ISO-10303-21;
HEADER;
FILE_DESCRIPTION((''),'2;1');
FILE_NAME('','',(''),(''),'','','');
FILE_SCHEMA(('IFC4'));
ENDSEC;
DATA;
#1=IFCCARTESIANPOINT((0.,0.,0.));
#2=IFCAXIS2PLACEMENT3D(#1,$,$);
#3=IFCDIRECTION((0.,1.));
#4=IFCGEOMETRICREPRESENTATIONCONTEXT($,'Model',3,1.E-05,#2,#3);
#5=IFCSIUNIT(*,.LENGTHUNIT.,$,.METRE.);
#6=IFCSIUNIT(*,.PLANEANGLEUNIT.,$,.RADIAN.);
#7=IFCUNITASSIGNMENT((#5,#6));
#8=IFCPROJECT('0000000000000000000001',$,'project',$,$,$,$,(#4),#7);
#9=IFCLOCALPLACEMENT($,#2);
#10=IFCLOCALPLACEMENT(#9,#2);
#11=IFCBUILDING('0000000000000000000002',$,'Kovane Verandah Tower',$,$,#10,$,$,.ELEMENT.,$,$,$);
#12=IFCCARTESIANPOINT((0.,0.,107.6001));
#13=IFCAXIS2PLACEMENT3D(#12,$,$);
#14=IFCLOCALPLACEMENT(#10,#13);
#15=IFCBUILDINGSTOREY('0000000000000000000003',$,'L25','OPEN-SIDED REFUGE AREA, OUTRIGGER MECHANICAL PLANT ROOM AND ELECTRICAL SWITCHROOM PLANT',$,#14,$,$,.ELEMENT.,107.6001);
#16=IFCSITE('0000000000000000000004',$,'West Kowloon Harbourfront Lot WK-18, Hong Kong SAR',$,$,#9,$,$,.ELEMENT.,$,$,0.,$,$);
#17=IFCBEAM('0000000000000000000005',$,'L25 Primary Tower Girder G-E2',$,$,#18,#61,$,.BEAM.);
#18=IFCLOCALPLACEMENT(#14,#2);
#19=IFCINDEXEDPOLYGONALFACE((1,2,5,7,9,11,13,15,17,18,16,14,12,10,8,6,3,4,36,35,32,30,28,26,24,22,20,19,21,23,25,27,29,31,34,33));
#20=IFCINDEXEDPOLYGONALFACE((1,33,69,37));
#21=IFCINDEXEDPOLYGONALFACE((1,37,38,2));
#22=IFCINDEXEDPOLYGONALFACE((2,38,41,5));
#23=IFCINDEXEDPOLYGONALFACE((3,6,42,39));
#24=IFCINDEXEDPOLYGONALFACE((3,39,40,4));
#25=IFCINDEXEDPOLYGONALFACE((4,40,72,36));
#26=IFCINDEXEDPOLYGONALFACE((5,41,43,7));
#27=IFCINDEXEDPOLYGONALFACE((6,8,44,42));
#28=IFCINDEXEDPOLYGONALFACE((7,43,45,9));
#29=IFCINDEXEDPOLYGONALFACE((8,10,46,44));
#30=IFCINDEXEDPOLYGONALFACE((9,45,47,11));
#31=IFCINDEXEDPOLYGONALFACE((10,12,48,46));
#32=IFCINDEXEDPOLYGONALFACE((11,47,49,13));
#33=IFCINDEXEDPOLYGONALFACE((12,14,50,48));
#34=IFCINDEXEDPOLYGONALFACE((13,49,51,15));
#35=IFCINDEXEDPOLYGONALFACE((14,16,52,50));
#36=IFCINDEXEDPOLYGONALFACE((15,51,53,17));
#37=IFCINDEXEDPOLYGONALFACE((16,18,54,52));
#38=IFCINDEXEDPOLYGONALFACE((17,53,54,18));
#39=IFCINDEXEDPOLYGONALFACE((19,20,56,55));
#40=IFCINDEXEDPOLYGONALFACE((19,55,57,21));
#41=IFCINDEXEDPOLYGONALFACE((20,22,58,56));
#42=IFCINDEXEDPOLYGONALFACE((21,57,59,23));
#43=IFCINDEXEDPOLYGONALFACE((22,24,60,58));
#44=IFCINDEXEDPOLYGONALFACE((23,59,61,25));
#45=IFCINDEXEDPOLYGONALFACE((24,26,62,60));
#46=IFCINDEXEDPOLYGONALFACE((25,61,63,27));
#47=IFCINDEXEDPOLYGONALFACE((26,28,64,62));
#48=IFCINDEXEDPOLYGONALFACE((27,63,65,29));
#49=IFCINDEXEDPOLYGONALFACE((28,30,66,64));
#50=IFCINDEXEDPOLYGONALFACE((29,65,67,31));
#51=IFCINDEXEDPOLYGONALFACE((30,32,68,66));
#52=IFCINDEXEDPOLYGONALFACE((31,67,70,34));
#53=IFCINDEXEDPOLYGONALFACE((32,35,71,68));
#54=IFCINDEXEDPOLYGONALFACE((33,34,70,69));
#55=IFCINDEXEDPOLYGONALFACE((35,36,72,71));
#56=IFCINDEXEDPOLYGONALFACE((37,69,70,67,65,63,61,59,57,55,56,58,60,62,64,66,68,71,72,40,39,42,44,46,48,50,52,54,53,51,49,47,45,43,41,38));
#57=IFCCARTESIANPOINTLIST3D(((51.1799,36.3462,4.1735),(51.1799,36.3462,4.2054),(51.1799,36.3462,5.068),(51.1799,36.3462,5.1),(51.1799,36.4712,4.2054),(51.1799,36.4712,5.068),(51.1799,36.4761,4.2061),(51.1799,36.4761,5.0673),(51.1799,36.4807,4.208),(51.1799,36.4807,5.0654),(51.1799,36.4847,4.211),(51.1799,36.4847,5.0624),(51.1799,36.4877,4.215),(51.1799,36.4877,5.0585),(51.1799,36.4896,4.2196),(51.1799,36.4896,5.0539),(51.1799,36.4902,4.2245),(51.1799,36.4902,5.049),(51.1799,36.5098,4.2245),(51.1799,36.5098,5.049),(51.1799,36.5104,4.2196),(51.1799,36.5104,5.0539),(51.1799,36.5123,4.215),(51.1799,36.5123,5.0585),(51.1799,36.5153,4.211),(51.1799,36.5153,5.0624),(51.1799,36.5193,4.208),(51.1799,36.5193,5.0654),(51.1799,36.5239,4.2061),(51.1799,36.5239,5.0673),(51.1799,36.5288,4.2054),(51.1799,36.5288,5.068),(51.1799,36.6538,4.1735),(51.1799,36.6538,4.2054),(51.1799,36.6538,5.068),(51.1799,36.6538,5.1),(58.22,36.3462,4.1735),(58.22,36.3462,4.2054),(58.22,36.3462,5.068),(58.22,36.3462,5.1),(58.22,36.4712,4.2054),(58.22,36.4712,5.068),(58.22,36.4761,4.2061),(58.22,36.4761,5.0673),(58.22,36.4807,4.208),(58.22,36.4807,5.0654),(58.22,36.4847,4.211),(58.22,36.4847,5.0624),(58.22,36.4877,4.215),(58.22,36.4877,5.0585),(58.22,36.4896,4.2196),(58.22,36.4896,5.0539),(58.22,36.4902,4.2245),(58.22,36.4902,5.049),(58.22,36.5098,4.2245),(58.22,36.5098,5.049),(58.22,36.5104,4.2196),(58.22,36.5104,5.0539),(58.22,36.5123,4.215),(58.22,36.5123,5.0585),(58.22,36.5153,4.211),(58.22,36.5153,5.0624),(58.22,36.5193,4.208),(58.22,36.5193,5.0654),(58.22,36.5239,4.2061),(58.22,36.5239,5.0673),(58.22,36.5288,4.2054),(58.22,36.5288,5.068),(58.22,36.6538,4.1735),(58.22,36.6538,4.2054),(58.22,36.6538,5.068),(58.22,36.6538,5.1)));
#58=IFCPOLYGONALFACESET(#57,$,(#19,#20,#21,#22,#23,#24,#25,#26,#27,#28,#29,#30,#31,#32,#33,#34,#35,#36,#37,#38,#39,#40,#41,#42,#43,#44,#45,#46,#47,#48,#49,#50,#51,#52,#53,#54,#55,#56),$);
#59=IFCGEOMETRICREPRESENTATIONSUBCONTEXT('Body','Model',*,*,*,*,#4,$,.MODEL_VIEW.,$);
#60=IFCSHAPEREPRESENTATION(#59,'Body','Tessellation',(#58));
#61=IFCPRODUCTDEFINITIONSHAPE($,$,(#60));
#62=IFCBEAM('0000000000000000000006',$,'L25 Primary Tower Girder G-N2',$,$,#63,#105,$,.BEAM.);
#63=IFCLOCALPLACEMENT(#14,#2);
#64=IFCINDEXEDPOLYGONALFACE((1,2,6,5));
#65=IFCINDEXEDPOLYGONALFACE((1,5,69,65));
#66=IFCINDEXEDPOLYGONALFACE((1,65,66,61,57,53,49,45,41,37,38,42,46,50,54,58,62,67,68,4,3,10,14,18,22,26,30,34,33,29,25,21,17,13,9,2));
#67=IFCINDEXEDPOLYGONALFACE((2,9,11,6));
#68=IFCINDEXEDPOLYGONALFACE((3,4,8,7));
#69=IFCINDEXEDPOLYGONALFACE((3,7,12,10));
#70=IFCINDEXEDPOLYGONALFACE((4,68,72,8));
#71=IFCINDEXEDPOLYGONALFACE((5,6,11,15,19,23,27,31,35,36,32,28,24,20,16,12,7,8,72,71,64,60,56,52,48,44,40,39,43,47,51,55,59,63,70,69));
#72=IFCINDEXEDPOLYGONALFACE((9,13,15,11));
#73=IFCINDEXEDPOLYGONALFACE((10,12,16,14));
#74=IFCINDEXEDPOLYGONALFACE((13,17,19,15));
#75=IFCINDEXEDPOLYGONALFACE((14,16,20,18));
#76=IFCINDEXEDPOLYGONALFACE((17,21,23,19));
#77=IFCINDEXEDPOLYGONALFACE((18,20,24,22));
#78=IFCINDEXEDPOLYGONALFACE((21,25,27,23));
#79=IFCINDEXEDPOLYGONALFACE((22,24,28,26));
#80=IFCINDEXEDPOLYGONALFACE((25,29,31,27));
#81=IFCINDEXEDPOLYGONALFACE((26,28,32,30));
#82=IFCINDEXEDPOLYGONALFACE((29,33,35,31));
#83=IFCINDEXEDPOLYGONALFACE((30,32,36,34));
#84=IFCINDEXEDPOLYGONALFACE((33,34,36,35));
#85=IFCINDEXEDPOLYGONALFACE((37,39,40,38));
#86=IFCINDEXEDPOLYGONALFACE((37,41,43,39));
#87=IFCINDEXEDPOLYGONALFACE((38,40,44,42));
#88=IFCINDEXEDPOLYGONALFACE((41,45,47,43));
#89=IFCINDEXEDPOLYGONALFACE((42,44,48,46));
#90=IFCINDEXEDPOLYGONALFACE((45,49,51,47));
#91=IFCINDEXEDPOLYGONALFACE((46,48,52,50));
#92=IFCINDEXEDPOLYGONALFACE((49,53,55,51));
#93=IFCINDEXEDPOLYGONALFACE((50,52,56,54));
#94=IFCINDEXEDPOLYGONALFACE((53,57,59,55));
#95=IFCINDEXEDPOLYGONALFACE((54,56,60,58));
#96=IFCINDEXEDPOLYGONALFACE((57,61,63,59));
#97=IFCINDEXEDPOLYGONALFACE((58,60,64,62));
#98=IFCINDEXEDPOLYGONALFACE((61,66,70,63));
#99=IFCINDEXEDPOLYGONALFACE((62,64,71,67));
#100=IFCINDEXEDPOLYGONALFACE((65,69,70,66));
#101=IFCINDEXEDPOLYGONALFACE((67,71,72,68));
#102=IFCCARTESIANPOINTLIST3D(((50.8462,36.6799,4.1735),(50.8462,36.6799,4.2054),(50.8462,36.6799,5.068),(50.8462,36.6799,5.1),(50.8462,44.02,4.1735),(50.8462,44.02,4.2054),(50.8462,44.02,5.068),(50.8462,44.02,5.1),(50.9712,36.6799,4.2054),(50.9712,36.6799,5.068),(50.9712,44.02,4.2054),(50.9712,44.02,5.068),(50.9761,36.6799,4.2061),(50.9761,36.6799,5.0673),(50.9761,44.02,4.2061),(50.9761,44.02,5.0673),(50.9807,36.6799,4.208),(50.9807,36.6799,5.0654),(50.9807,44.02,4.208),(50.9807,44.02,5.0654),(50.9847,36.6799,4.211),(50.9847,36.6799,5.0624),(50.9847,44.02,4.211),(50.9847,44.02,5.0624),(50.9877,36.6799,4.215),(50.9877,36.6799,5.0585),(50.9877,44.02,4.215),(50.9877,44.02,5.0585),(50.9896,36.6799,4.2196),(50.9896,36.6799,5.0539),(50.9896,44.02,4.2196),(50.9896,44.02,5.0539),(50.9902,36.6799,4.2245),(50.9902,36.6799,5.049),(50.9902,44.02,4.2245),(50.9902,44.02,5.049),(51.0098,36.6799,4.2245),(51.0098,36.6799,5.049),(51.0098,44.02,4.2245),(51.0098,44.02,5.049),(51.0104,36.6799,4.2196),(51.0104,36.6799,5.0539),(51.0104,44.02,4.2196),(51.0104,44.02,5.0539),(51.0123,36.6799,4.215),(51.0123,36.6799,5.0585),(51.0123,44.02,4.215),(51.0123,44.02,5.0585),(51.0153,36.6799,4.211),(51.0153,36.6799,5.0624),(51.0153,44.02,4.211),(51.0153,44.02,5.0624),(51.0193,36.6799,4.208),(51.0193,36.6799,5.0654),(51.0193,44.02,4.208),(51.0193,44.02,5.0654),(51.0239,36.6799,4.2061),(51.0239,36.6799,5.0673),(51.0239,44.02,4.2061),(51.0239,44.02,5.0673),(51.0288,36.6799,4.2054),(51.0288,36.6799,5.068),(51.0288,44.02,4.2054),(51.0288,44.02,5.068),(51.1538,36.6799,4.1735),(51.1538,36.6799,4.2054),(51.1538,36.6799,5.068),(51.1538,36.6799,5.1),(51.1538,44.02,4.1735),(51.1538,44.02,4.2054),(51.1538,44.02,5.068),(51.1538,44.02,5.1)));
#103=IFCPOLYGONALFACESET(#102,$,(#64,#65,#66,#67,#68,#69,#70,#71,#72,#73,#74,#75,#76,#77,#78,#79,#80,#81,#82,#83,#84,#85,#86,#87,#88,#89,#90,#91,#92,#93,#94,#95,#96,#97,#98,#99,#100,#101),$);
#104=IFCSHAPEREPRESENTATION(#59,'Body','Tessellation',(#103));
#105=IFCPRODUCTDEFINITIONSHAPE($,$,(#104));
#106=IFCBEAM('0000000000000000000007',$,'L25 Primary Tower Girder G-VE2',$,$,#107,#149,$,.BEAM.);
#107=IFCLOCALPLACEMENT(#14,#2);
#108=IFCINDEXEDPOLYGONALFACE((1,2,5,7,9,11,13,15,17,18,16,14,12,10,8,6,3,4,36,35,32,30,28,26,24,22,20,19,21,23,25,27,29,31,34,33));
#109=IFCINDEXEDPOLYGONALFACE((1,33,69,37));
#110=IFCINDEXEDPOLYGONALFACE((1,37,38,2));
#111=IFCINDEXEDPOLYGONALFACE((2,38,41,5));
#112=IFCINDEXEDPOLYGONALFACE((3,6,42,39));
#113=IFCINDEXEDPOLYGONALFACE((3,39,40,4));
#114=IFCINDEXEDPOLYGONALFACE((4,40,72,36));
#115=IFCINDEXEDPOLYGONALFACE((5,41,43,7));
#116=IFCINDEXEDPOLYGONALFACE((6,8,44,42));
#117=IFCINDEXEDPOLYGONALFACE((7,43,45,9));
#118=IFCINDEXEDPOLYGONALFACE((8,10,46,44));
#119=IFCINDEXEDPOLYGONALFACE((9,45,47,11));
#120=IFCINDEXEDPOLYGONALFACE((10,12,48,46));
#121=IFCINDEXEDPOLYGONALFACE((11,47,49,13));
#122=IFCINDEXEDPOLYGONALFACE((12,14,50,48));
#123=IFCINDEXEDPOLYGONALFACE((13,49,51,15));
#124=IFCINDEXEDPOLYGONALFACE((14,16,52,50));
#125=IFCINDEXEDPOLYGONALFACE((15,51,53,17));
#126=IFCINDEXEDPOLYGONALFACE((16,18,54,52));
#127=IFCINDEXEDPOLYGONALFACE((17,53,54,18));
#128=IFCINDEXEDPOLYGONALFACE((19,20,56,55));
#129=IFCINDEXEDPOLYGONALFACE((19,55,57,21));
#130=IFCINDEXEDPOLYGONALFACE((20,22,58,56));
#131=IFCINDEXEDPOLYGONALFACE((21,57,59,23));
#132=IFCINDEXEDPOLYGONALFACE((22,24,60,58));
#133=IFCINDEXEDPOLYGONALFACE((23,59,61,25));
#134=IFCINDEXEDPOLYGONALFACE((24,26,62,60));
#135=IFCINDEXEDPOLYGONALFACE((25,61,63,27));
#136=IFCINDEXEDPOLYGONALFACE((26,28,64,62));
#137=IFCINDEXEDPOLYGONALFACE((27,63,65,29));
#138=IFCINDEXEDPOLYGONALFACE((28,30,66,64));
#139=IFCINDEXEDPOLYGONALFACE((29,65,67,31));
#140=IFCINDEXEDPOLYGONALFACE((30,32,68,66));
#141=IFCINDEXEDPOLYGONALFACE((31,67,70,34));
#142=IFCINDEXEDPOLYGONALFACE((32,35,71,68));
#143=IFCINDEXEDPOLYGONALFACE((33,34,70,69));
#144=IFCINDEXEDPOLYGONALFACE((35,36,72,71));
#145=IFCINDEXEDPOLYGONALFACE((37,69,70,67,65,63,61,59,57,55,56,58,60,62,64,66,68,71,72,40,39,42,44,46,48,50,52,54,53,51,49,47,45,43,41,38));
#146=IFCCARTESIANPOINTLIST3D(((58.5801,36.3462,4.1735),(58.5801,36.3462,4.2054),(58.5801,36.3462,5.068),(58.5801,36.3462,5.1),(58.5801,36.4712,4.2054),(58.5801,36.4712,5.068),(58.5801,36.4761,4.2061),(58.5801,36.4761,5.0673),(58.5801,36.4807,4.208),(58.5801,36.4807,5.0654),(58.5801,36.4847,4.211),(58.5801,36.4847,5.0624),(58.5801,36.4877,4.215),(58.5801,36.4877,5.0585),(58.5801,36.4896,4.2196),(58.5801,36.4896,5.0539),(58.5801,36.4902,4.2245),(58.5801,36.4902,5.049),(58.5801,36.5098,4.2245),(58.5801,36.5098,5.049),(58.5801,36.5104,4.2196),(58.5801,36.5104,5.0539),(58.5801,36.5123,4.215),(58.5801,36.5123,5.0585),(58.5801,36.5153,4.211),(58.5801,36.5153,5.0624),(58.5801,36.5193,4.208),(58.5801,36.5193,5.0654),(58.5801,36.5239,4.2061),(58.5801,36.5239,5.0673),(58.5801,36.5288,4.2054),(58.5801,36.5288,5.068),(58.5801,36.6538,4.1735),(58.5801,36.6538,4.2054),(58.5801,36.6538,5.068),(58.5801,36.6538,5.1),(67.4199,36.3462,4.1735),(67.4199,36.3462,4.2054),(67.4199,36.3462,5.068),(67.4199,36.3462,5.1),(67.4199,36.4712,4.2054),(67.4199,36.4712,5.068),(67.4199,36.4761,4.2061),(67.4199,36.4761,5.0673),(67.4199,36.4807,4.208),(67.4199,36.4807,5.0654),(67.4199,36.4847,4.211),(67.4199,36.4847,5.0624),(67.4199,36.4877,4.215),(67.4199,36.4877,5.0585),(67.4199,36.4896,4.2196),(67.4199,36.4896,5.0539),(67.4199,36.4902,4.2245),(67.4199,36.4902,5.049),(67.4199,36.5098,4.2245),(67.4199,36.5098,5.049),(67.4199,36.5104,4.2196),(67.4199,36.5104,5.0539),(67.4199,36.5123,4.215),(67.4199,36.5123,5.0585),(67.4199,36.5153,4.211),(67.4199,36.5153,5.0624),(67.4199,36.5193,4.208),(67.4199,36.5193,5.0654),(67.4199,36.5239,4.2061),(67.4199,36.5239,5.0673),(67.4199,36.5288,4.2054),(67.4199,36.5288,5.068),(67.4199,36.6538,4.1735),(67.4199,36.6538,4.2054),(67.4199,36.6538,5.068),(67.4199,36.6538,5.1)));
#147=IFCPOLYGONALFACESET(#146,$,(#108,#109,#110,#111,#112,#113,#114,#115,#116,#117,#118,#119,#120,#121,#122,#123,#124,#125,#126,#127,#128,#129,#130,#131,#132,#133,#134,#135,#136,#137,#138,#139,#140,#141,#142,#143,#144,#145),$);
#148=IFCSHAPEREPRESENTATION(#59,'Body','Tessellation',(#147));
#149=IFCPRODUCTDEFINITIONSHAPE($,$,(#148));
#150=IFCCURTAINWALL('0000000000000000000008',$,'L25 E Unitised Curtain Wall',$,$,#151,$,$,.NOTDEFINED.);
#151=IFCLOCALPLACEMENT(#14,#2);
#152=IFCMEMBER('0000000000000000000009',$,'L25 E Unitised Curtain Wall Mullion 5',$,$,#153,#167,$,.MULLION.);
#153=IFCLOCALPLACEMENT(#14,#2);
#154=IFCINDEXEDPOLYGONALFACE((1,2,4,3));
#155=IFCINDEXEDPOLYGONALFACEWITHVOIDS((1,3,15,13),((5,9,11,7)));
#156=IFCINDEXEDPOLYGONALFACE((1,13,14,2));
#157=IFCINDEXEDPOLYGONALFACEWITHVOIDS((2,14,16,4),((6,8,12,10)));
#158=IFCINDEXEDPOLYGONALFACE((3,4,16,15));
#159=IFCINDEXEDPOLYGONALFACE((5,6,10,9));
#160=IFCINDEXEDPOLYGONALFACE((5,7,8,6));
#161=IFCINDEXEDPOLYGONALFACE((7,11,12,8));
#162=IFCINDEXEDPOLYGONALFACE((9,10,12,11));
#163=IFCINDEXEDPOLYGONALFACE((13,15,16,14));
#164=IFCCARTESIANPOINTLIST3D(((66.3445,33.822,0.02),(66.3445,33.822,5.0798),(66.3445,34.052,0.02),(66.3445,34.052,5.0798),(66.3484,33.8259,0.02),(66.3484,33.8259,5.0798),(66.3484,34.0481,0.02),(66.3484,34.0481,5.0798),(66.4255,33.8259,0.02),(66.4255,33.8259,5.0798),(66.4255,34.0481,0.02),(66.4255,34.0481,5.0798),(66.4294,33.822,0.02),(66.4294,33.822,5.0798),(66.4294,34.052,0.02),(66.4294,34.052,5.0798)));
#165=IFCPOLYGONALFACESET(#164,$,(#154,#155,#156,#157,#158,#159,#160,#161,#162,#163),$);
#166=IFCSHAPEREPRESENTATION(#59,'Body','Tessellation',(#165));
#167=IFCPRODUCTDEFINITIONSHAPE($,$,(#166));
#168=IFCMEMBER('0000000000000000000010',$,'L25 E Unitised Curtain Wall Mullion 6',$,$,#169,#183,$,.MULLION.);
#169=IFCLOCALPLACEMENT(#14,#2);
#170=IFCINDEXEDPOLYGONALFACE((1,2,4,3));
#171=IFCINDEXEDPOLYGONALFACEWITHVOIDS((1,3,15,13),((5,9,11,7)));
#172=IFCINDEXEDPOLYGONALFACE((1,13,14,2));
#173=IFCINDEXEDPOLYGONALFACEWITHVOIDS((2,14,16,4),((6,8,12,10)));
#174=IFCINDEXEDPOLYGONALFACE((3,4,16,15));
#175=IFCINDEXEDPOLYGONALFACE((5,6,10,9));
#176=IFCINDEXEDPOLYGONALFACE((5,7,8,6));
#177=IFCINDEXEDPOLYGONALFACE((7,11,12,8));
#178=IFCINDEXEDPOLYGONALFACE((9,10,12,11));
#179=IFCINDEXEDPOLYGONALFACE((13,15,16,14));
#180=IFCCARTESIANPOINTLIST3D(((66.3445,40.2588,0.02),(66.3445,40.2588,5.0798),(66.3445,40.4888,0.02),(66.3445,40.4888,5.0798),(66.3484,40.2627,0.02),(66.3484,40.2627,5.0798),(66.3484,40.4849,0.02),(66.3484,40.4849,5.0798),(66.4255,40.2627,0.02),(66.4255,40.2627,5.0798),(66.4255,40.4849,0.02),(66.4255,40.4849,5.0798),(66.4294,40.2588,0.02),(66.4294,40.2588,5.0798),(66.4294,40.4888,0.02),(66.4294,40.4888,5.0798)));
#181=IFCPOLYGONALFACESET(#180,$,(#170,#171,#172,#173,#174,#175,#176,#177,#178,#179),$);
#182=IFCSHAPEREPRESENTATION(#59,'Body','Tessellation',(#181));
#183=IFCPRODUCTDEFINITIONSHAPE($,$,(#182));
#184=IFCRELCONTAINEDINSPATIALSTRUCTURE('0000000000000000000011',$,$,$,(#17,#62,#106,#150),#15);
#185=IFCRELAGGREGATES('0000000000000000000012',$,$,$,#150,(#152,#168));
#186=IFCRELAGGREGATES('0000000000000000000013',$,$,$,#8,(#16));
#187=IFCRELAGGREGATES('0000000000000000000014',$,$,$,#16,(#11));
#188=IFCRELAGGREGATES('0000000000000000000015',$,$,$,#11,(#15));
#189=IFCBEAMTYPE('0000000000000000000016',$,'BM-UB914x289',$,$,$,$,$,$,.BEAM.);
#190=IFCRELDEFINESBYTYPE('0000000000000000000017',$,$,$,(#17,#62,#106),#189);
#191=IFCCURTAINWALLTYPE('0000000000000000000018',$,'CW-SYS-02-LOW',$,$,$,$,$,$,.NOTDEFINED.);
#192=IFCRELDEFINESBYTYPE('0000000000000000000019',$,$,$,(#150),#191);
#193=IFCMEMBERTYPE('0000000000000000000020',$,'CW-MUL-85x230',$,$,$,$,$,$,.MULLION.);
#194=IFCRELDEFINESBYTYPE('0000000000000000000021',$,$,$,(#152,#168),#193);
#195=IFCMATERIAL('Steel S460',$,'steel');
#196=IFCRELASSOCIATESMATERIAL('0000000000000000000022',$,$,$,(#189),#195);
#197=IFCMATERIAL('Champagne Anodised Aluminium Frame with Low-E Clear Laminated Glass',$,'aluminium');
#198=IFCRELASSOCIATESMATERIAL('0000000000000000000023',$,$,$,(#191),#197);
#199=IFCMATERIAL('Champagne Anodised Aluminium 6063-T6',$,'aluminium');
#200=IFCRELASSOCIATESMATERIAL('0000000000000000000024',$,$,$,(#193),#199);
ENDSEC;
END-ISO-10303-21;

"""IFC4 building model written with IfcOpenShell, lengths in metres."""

from ifc_helpers import new_model, si_unit, direction, frame, origin, origin_2d, place, context, subcontext, project, spatial, hollow_rectangle, i_section, extrude, material, material_profile, profile_set, type_object, element, aggregate, save


model = new_model("IFC4")

# Units and contexts
model_context = context("Model", 3, precision=1e-05, world=origin(), true_north=direction((0.0, 1.0)))
body_context = subcontext(model_context, "Body", "Model", "MODEL_VIEW")
ifc_project = project(units=[si_unit("LENGTHUNIT", "METRE"), si_unit("PLANEANGLEUNIT", "RADIAN")], contexts=[model_context])

# Site, building, storey
site_placement = place(None, origin())
site = spatial("IfcSite", under=ifc_project, at=site_placement, Name="West Kowloon Harbourfront Lot WK-18, Hong Kong SAR", CompositionType="ELEMENT", RefElevation=0.0)
building_placement = place(site_placement, origin())
building = spatial("IfcBuilding", under=site, at=building_placement, Name="Kovane Verandah Tower", CompositionType="ELEMENT")
storey_placement = place(building_placement, frame((0.0, 0.0, 107.6001)))
storey = spatial("IfcBuildingStorey", under=building, at=storey_placement, Name="L25", Description="OPEN-SIDED REFUGE AREA, OUTRIGGER MECHANICAL PLANT ROOM AND ELECTRICAL SWITCHROOM PLANT", CompositionType="ELEMENT", Elevation=107.6001)

# Shared definitions
ifc_material_1 = material(Name="Steel S460", Category="steel")

# Beams
ifc_material_profile_1 = material_profile(ifc_material_1, i_section(OverallWidth=0.3076, OverallDepth=0.9265, WebThickness=0.0195, FlangeThickness=0.032, FilletRadius=0.019, at=origin_2d()), Name="UB914x305x289")
ifc_profile_set_1 = profile_set([ifc_material_profile_1], Name="Steel S460")
beam_type_1 = type_object("IfcBeamType", Name="BM-UB914x289", PredefinedType="BEAM", material=ifc_profile_set_1)
beam_1_placement = place(storey_placement, frame((51.1799, 36.5, 4.6367), z_axis=(1.0, 0.0, 0.0), x_axis=(0.0, 1.0, 0.0)))
element("IfcBeam", 1, at=beam_1_placement, inside=storey, type_object=beam_type_1, Name="L25 Primary Tower Girder G-E2", PredefinedType="BEAM", context=body_context, shape_type="SweptSolid", body=[
    extrude(i_section(OverallWidth=0.3076, OverallDepth=0.9265, WebThickness=0.0195, FlangeThickness=0.032, FilletRadius=0.019, at=origin_2d()), origin(), (0.0, 0.0, 1.0), 7.04),
])
beam_2_placement = place(storey_placement, frame((51.0, 36.6799, 4.6367), z_axis=(0.0, 1.0, 0.0), x_axis=(-1.0, 0.0, 0.0)))
element("IfcBeam", 2, at=beam_2_placement, inside=storey, type_object=beam_type_1, Name="L25 Primary Tower Girder G-N2", PredefinedType="BEAM", context=body_context, shape_type="SweptSolid", body=[
    extrude(i_section(OverallWidth=0.3076, OverallDepth=0.9265, WebThickness=0.0195, FlangeThickness=0.032, FilletRadius=0.019, at=origin_2d()), origin(), (0.0, 0.0, 1.0), 7.3401),
])
beam_3_placement = place(storey_placement, frame((58.5801, 36.5, 4.6367), z_axis=(1.0, 0.0, 0.0), x_axis=(0.0, 1.0, 0.0)))
element("IfcBeam", 3, at=beam_3_placement, inside=storey, type_object=beam_type_1, Name="L25 Primary Tower Girder G-VE2", PredefinedType="BEAM", context=body_context, shape_type="SweptSolid", body=[
    extrude(i_section(OverallWidth=0.3076, OverallDepth=0.9265, WebThickness=0.0195, FlangeThickness=0.032, FilletRadius=0.019, at=origin_2d()), origin(), (0.0, 0.0, 1.0), 8.8398),
])

# Curtain wall, members
ifc_material_2 = material(Name="Champagne Anodised Aluminium Frame with Low-E Clear Laminated Glass", Category="aluminium")
curtain_wall_type = type_object("IfcCurtainWallType", Name="CW-SYS-02-LOW", PredefinedType="NOTDEFINED", material=ifc_material_2)
curtain_wall_placement = place(storey_placement, origin())
curtain_wall = element("IfcCurtainWall", 4, at=curtain_wall_placement, inside=storey, type_object=curtain_wall_type, Name="L25 E Unitised Curtain Wall", PredefinedType="NOTDEFINED")
ifc_material_3 = material(Name="Champagne Anodised Aluminium 6063-T6", Category="aluminium")
ifc_material_profile_2 = material_profile(ifc_material_3, hollow_rectangle(XDim=0.085, YDim=0.23, WallThickness=0.0039, at=origin_2d()), Name="AL85x230x4")
ifc_profile_set_2 = profile_set([ifc_material_profile_2], Name="Champagne Anodised Aluminium 6063-T6")
member_type_1 = type_object("IfcMemberType", Name="CW-MUL-85x230", PredefinedType="MULLION", material=ifc_profile_set_2)
member_1_placement = place(storey_placement, frame((66.387, 33.937, 0.02), z_axis=(0.0, 0.0, 1.0), x_axis=(1.0, 0.0, 0.0)))
member_1 = element("IfcMember", 5, at=member_1_placement, type_object=member_type_1, Name="L25 E Unitised Curtain Wall Mullion 5", PredefinedType="MULLION", context=body_context, shape_type="SweptSolid", body=[
    extrude(hollow_rectangle(XDim=0.085, YDim=0.23, WallThickness=0.0039, at=origin_2d()), origin(), (0.0, 0.0, 1.0), 5.0598),
])
member_2_placement = place(storey_placement, frame((66.387, 40.3738, 0.02), z_axis=(0.0, 0.0, 1.0), x_axis=(1.0, 0.0, 0.0)))
member_2 = element("IfcMember", 6, at=member_2_placement, type_object=member_type_1, Name="L25 E Unitised Curtain Wall Mullion 6", PredefinedType="MULLION", context=body_context, shape_type="SweptSolid", body=[
    extrude(hollow_rectangle(XDim=0.085, YDim=0.23, WallThickness=0.0039, at=origin_2d()), origin(), (0.0, 0.0, 1.0), 5.0598),
])

aggregate(curtain_wall, [member_1, member_2])

save(model, "model.ifc")
